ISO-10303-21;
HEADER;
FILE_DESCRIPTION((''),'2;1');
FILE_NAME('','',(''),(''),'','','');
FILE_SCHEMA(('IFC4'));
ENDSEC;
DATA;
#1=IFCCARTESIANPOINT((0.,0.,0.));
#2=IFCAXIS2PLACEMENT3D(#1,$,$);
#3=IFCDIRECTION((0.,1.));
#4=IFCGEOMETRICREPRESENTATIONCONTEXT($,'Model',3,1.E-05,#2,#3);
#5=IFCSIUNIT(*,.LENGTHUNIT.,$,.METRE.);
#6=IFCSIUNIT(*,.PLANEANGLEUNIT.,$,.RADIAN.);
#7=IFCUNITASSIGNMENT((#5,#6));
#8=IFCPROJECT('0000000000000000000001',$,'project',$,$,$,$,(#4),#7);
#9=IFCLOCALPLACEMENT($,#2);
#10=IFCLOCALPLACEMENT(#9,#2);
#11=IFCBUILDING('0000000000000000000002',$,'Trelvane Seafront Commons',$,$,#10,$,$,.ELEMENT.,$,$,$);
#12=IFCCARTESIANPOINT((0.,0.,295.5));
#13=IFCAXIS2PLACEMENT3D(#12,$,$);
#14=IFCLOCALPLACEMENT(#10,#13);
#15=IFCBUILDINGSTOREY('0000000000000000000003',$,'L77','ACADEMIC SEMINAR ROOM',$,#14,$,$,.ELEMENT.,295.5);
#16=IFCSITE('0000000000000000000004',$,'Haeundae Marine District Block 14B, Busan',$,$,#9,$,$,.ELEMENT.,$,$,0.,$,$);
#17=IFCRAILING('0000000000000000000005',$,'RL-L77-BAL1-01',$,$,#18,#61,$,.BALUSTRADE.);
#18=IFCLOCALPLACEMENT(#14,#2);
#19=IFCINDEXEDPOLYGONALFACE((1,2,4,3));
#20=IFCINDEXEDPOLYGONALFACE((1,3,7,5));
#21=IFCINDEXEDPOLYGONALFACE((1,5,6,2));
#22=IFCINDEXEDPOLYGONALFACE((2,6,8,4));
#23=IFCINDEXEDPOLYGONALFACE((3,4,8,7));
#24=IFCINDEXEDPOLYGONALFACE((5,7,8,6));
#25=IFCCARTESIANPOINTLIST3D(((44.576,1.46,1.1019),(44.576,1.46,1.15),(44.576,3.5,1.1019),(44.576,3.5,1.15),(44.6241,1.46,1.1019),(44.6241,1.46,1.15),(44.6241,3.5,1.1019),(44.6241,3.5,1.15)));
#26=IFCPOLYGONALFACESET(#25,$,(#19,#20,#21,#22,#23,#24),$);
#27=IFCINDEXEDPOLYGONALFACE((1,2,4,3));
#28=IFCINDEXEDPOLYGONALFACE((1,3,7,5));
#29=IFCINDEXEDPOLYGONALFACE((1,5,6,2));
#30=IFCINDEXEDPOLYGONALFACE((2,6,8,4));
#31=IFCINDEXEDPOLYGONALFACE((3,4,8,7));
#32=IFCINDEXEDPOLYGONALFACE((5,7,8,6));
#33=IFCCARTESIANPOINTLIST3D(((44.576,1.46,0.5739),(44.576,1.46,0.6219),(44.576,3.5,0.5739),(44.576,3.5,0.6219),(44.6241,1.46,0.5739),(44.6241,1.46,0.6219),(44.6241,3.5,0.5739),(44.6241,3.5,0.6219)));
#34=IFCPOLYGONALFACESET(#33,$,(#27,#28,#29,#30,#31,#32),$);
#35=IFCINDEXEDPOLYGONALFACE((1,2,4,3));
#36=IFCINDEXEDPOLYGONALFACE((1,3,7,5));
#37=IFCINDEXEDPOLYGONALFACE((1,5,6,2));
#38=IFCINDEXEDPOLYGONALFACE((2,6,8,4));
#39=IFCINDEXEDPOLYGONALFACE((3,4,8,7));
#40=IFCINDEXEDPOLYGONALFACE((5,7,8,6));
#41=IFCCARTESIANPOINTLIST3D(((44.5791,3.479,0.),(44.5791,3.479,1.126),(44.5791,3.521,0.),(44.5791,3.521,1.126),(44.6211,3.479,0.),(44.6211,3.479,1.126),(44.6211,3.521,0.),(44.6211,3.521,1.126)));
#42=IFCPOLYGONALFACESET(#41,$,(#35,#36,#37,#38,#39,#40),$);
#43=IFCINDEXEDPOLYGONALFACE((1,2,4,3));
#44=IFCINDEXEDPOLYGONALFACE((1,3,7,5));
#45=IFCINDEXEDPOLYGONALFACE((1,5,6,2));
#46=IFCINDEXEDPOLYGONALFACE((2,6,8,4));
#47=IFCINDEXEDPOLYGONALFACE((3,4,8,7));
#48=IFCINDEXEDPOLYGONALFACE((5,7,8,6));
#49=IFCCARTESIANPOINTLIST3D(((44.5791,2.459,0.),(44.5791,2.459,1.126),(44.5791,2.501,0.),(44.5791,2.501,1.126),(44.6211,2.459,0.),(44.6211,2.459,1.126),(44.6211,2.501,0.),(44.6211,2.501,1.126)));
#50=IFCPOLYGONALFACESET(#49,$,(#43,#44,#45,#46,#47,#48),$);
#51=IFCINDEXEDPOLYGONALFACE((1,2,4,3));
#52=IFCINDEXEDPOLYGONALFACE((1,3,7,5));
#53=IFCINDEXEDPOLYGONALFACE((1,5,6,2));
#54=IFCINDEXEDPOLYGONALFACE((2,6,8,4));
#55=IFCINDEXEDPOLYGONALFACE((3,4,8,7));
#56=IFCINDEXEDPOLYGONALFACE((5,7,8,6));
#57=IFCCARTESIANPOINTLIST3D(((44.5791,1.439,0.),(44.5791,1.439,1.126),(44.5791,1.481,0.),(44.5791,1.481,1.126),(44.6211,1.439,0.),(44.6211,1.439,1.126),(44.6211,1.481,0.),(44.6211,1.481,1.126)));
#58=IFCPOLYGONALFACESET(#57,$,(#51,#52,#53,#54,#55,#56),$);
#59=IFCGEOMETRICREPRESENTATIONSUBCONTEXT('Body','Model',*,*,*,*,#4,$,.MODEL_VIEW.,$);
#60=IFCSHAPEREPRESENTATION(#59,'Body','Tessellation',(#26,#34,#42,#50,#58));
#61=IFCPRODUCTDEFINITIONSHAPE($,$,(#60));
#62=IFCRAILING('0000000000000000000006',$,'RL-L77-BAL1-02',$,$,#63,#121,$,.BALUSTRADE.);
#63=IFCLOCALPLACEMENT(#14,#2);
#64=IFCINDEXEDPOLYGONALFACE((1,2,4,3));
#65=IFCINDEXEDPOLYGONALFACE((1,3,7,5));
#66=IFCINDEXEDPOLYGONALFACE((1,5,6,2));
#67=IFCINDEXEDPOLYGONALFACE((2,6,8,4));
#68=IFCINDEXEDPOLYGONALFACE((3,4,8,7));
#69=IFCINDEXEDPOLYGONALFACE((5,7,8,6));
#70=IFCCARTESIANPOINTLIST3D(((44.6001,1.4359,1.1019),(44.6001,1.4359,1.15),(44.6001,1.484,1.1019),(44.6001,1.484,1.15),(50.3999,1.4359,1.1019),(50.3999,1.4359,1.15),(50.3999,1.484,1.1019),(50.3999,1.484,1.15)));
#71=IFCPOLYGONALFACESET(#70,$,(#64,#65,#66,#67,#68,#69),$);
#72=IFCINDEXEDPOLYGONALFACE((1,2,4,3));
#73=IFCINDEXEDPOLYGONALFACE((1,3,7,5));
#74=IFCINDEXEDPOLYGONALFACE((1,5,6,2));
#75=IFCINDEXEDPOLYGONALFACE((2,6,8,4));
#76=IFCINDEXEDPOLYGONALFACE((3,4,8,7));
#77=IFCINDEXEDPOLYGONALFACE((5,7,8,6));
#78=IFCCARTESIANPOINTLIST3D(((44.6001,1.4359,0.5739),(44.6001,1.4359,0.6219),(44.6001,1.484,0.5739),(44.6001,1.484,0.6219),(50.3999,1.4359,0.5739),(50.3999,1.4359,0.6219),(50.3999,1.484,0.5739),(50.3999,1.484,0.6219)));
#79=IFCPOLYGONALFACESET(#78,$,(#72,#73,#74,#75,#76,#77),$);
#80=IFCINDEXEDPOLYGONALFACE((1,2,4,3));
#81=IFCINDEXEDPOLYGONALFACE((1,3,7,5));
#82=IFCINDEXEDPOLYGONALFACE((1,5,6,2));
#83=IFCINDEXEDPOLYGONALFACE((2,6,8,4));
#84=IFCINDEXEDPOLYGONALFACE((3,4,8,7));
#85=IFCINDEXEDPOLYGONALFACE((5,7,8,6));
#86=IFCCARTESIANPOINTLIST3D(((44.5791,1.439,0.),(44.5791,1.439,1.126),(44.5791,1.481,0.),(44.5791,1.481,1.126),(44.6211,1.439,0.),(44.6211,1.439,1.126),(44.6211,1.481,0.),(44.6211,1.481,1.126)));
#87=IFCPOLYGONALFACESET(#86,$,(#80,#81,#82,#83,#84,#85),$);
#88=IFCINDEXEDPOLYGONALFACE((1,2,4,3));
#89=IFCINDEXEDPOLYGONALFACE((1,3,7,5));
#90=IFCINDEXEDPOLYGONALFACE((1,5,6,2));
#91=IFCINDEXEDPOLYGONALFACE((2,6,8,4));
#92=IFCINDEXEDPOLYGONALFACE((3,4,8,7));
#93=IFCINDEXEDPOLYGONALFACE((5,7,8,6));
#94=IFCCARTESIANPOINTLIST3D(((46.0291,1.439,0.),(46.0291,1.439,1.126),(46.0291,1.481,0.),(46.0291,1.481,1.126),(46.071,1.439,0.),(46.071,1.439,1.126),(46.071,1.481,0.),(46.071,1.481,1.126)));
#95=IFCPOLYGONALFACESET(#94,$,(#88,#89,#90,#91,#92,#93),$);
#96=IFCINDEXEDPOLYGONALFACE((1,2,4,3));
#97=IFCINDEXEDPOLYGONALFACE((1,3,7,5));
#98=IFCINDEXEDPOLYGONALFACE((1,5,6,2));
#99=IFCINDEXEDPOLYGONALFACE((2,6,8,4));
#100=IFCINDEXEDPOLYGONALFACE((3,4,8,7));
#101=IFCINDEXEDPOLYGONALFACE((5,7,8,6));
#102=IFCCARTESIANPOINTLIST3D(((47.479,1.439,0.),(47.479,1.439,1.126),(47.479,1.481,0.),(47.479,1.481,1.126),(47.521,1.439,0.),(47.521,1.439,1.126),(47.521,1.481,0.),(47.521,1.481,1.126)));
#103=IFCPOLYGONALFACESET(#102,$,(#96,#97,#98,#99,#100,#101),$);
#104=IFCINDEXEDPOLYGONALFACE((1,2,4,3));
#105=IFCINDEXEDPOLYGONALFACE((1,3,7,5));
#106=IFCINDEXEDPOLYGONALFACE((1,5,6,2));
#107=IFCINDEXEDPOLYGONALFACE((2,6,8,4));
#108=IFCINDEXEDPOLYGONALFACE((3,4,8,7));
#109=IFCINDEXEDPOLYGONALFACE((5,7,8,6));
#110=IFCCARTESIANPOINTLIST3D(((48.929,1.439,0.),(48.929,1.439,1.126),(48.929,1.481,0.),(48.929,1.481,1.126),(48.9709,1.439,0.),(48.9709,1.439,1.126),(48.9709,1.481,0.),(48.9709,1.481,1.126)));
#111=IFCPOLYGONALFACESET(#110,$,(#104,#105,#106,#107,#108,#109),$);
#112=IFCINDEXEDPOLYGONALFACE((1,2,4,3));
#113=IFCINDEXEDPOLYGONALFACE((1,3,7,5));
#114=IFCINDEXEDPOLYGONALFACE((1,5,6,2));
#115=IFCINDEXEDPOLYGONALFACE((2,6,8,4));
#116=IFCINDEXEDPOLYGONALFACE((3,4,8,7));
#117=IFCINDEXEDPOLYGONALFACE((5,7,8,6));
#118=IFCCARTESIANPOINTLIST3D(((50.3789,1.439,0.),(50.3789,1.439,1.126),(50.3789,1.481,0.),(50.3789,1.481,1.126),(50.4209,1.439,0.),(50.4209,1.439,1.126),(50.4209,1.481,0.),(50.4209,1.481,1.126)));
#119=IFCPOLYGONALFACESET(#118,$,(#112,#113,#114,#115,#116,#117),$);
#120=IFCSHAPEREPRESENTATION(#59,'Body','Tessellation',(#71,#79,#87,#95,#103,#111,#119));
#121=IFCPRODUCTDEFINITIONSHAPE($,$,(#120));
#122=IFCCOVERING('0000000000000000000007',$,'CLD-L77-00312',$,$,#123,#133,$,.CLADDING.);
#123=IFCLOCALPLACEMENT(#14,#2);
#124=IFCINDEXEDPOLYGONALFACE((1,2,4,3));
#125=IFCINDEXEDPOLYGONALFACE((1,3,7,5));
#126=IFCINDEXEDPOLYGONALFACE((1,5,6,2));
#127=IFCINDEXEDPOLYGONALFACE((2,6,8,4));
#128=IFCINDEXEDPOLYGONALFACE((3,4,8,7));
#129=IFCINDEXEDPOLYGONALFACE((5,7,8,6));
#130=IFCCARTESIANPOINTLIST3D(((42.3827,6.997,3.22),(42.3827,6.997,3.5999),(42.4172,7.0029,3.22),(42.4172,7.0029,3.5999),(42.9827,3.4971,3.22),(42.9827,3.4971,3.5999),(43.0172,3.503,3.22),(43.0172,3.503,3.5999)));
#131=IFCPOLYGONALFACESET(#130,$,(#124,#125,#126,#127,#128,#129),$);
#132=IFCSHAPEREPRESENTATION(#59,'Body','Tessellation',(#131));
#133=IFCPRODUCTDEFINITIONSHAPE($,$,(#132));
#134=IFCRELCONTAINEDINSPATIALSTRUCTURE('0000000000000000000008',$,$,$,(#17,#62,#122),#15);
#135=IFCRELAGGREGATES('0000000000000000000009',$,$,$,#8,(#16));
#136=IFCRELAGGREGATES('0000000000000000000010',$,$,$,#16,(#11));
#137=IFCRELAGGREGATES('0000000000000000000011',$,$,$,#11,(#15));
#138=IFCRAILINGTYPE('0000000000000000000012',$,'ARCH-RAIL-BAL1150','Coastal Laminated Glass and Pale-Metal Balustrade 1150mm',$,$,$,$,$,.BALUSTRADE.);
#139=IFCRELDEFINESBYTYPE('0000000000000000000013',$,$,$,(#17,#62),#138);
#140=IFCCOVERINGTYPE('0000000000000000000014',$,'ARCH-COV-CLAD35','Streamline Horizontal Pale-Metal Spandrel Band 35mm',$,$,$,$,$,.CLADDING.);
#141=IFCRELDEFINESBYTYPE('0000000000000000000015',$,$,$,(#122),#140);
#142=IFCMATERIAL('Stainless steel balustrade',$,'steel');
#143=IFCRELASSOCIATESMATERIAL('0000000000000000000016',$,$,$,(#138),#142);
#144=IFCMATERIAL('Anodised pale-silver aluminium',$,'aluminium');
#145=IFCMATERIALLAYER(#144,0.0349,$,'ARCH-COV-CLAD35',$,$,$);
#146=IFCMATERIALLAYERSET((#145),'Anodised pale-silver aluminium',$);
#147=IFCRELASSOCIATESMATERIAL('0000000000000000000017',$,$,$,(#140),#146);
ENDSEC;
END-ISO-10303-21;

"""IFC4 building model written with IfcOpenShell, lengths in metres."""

from ifc_helpers import new_model, si_unit, direction, frame, origin, origin_2d, place, context, subcontext, project, spatial, rectangle, extrude, source, transform, mapped, material, layer, layer_set, type_object, element, save


model = new_model("IFC4")

# Units and contexts
model_context = context("Model", 3, precision=1e-05, world=origin(), true_north=direction((0.0, 1.0)))
body_context = subcontext(model_context, "Body", "Model", "MODEL_VIEW")
ifc_project = project(units=[si_unit("LENGTHUNIT", "METRE"), si_unit("PLANEANGLEUNIT", "RADIAN")], contexts=[model_context])

# Site, building, storey
site_placement = place(None, origin())
site = spatial("IfcSite", under=ifc_project, at=site_placement, Name="Haeundae Marine District Block 14B, Busan", CompositionType="ELEMENT", RefElevation=0.0)
building_placement = place(site_placement, origin())
building = spatial("IfcBuilding", under=site, at=building_placement, Name="Trelvane Seafront Commons", CompositionType="ELEMENT")
storey_placement = place(building_placement, frame((0.0, 0.0, 295.5)))
storey = spatial("IfcBuildingStorey", under=building, at=storey_placement, Name="L77", Description="ACADEMIC SEMINAR ROOM", CompositionType="ELEMENT", Elevation=295.5)

# Shared definitions
ifc_material_1 = material(Name="Anodised pale-silver aluminium", Category="aluminium")

# Railings
ifc_material_2 = material(Name="Stainless steel balustrade", Category="steel")
railing_type = type_object("IfcRailingType", Name="ARCH-RAIL-BAL1150", Description="Coastal Laminated Glass and Pale-Metal Balustrade 1150mm", PredefinedType="BALUSTRADE", material=ifc_material_2)
railing_1_placement = place(storey_placement, frame((44.6001, 3.5, 0.0)))
element("IfcRailing", 1, at=railing_1_placement, inside=storey, type_object=railing_type, Name="RL-L77-BAL1-01", PredefinedType="BALUSTRADE", context=body_context, shape_type="SweptSolid", body=[
    extrude(rectangle(XDim=0.0481, YDim=0.0481, at=origin_2d()), frame((0.0, 0.0, 1.126), z_axis=(0.0, -1.0, 0.0), x_axis=(1.0, 0.0, 0.0)), (0.0, 0.0, 1.0), 2.04),
    extrude(rectangle(XDim=0.0481, YDim=0.0481, at=origin_2d()), frame((0.0, 0.0, 0.5979), z_axis=(0.0, -1.0, 0.0), x_axis=(1.0, 0.0, 0.0)), (0.0, 0.0, 1.0), 2.04),
    extrude(rectangle(XDim=0.042, YDim=0.042, at=origin_2d()), origin(), (0.0, 0.0, 1.0), 1.126),
    extrude(rectangle(XDim=0.042, YDim=0.042, at=origin_2d()), frame((0.0, -1.02, 0.0)), (0.0, 0.0, 1.0), 1.126),
    extrude(rectangle(XDim=0.042, YDim=0.042, at=origin_2d()), frame((0.0, -2.04, 0.0)), (0.0, 0.0, 1.0), 1.126),
])
railing_2_placement = place(storey_placement, frame((44.6001, 1.46, 0.0)))
element("IfcRailing", 2, at=railing_2_placement, inside=storey, type_object=railing_type, Name="RL-L77-BAL1-02", PredefinedType="BALUSTRADE", context=body_context, shape_type="SweptSolid", body=[
    extrude(rectangle(XDim=0.0481, YDim=0.0481, at=origin_2d()), frame((0.0, 0.0, 1.126), z_axis=(1.0, 0.0, 0.0), x_axis=(0.0, 1.0, 0.0)), (0.0, 0.0, 1.0), 5.7998),
    extrude(rectangle(XDim=0.0481, YDim=0.0481, at=origin_2d()), frame((0.0, 0.0, 0.5979), z_axis=(1.0, 0.0, 0.0), x_axis=(0.0, 1.0, 0.0)), (0.0, 0.0, 1.0), 5.7998),
    extrude(rectangle(XDim=0.042, YDim=0.042, at=origin_2d()), origin(), (0.0, 0.0, 1.0), 1.126),
    extrude(rectangle(XDim=0.042, YDim=0.042, at=origin_2d()), frame((1.45, 0.0, 0.0)), (0.0, 0.0, 1.0), 1.126),
    extrude(rectangle(XDim=0.042, YDim=0.042, at=origin_2d()), frame((2.8999, 0.0, 0.0)), (0.0, 0.0, 1.0), 1.126),
    extrude(rectangle(XDim=0.042, YDim=0.042, at=origin_2d()), frame((4.3499, 0.0, 0.0)), (0.0, 0.0, 1.0), 1.126),
    extrude(rectangle(XDim=0.042, YDim=0.042, at=origin_2d()), frame((5.7998, 0.0, 0.0)), (0.0, 0.0, 1.0), 1.126),
])

# Covering
ifc_layer_1 = layer(ifc_material_1, 0.0349, Name="ARCH-COV-CLAD35")
ifc_layer_set_1 = layer_set([ifc_layer_1], Name="Anodised pale-silver aluminium")
covering_type = type_object("IfcCoveringType", Name="ARCH-COV-CLAD35", Description="Streamline Horizontal Pale-Metal Spandrel Band 35mm", PredefinedType="CLADDING", material=ifc_layer_set_1)
shared_shape_1 = source(origin(), body_context, "Body", "SweptSolid", [
    extrude(rectangle(XDim=3.551, YDim=0.0349, at=origin_2d()), origin(), (0.0, 0.0, 1.0), 0.3799),
])
covering_placement = place(storey_placement, frame((42.7, 5.25, 3.22), z_axis=(0.0, 0.0, 1.0), x_axis=(-0.168964, 0.985622, 0.0)))
element("IfcCovering", 3, at=covering_placement, inside=storey, type_object=covering_type, Name="CLD-L77-00312", PredefinedType="CLADDING", context=body_context, shape_type="MappedRepresentation", body=[
    mapped(shared_shape_1, transform((0.0, 0.0, 0.0), x_axis=(1.0, 0.0, 0.0), y_axis=(0.0, 1.0, 0.0), z_axis=(0.0, 0.0, 1.0), scale=1.0)),
])

save(model, "model.ifc")
